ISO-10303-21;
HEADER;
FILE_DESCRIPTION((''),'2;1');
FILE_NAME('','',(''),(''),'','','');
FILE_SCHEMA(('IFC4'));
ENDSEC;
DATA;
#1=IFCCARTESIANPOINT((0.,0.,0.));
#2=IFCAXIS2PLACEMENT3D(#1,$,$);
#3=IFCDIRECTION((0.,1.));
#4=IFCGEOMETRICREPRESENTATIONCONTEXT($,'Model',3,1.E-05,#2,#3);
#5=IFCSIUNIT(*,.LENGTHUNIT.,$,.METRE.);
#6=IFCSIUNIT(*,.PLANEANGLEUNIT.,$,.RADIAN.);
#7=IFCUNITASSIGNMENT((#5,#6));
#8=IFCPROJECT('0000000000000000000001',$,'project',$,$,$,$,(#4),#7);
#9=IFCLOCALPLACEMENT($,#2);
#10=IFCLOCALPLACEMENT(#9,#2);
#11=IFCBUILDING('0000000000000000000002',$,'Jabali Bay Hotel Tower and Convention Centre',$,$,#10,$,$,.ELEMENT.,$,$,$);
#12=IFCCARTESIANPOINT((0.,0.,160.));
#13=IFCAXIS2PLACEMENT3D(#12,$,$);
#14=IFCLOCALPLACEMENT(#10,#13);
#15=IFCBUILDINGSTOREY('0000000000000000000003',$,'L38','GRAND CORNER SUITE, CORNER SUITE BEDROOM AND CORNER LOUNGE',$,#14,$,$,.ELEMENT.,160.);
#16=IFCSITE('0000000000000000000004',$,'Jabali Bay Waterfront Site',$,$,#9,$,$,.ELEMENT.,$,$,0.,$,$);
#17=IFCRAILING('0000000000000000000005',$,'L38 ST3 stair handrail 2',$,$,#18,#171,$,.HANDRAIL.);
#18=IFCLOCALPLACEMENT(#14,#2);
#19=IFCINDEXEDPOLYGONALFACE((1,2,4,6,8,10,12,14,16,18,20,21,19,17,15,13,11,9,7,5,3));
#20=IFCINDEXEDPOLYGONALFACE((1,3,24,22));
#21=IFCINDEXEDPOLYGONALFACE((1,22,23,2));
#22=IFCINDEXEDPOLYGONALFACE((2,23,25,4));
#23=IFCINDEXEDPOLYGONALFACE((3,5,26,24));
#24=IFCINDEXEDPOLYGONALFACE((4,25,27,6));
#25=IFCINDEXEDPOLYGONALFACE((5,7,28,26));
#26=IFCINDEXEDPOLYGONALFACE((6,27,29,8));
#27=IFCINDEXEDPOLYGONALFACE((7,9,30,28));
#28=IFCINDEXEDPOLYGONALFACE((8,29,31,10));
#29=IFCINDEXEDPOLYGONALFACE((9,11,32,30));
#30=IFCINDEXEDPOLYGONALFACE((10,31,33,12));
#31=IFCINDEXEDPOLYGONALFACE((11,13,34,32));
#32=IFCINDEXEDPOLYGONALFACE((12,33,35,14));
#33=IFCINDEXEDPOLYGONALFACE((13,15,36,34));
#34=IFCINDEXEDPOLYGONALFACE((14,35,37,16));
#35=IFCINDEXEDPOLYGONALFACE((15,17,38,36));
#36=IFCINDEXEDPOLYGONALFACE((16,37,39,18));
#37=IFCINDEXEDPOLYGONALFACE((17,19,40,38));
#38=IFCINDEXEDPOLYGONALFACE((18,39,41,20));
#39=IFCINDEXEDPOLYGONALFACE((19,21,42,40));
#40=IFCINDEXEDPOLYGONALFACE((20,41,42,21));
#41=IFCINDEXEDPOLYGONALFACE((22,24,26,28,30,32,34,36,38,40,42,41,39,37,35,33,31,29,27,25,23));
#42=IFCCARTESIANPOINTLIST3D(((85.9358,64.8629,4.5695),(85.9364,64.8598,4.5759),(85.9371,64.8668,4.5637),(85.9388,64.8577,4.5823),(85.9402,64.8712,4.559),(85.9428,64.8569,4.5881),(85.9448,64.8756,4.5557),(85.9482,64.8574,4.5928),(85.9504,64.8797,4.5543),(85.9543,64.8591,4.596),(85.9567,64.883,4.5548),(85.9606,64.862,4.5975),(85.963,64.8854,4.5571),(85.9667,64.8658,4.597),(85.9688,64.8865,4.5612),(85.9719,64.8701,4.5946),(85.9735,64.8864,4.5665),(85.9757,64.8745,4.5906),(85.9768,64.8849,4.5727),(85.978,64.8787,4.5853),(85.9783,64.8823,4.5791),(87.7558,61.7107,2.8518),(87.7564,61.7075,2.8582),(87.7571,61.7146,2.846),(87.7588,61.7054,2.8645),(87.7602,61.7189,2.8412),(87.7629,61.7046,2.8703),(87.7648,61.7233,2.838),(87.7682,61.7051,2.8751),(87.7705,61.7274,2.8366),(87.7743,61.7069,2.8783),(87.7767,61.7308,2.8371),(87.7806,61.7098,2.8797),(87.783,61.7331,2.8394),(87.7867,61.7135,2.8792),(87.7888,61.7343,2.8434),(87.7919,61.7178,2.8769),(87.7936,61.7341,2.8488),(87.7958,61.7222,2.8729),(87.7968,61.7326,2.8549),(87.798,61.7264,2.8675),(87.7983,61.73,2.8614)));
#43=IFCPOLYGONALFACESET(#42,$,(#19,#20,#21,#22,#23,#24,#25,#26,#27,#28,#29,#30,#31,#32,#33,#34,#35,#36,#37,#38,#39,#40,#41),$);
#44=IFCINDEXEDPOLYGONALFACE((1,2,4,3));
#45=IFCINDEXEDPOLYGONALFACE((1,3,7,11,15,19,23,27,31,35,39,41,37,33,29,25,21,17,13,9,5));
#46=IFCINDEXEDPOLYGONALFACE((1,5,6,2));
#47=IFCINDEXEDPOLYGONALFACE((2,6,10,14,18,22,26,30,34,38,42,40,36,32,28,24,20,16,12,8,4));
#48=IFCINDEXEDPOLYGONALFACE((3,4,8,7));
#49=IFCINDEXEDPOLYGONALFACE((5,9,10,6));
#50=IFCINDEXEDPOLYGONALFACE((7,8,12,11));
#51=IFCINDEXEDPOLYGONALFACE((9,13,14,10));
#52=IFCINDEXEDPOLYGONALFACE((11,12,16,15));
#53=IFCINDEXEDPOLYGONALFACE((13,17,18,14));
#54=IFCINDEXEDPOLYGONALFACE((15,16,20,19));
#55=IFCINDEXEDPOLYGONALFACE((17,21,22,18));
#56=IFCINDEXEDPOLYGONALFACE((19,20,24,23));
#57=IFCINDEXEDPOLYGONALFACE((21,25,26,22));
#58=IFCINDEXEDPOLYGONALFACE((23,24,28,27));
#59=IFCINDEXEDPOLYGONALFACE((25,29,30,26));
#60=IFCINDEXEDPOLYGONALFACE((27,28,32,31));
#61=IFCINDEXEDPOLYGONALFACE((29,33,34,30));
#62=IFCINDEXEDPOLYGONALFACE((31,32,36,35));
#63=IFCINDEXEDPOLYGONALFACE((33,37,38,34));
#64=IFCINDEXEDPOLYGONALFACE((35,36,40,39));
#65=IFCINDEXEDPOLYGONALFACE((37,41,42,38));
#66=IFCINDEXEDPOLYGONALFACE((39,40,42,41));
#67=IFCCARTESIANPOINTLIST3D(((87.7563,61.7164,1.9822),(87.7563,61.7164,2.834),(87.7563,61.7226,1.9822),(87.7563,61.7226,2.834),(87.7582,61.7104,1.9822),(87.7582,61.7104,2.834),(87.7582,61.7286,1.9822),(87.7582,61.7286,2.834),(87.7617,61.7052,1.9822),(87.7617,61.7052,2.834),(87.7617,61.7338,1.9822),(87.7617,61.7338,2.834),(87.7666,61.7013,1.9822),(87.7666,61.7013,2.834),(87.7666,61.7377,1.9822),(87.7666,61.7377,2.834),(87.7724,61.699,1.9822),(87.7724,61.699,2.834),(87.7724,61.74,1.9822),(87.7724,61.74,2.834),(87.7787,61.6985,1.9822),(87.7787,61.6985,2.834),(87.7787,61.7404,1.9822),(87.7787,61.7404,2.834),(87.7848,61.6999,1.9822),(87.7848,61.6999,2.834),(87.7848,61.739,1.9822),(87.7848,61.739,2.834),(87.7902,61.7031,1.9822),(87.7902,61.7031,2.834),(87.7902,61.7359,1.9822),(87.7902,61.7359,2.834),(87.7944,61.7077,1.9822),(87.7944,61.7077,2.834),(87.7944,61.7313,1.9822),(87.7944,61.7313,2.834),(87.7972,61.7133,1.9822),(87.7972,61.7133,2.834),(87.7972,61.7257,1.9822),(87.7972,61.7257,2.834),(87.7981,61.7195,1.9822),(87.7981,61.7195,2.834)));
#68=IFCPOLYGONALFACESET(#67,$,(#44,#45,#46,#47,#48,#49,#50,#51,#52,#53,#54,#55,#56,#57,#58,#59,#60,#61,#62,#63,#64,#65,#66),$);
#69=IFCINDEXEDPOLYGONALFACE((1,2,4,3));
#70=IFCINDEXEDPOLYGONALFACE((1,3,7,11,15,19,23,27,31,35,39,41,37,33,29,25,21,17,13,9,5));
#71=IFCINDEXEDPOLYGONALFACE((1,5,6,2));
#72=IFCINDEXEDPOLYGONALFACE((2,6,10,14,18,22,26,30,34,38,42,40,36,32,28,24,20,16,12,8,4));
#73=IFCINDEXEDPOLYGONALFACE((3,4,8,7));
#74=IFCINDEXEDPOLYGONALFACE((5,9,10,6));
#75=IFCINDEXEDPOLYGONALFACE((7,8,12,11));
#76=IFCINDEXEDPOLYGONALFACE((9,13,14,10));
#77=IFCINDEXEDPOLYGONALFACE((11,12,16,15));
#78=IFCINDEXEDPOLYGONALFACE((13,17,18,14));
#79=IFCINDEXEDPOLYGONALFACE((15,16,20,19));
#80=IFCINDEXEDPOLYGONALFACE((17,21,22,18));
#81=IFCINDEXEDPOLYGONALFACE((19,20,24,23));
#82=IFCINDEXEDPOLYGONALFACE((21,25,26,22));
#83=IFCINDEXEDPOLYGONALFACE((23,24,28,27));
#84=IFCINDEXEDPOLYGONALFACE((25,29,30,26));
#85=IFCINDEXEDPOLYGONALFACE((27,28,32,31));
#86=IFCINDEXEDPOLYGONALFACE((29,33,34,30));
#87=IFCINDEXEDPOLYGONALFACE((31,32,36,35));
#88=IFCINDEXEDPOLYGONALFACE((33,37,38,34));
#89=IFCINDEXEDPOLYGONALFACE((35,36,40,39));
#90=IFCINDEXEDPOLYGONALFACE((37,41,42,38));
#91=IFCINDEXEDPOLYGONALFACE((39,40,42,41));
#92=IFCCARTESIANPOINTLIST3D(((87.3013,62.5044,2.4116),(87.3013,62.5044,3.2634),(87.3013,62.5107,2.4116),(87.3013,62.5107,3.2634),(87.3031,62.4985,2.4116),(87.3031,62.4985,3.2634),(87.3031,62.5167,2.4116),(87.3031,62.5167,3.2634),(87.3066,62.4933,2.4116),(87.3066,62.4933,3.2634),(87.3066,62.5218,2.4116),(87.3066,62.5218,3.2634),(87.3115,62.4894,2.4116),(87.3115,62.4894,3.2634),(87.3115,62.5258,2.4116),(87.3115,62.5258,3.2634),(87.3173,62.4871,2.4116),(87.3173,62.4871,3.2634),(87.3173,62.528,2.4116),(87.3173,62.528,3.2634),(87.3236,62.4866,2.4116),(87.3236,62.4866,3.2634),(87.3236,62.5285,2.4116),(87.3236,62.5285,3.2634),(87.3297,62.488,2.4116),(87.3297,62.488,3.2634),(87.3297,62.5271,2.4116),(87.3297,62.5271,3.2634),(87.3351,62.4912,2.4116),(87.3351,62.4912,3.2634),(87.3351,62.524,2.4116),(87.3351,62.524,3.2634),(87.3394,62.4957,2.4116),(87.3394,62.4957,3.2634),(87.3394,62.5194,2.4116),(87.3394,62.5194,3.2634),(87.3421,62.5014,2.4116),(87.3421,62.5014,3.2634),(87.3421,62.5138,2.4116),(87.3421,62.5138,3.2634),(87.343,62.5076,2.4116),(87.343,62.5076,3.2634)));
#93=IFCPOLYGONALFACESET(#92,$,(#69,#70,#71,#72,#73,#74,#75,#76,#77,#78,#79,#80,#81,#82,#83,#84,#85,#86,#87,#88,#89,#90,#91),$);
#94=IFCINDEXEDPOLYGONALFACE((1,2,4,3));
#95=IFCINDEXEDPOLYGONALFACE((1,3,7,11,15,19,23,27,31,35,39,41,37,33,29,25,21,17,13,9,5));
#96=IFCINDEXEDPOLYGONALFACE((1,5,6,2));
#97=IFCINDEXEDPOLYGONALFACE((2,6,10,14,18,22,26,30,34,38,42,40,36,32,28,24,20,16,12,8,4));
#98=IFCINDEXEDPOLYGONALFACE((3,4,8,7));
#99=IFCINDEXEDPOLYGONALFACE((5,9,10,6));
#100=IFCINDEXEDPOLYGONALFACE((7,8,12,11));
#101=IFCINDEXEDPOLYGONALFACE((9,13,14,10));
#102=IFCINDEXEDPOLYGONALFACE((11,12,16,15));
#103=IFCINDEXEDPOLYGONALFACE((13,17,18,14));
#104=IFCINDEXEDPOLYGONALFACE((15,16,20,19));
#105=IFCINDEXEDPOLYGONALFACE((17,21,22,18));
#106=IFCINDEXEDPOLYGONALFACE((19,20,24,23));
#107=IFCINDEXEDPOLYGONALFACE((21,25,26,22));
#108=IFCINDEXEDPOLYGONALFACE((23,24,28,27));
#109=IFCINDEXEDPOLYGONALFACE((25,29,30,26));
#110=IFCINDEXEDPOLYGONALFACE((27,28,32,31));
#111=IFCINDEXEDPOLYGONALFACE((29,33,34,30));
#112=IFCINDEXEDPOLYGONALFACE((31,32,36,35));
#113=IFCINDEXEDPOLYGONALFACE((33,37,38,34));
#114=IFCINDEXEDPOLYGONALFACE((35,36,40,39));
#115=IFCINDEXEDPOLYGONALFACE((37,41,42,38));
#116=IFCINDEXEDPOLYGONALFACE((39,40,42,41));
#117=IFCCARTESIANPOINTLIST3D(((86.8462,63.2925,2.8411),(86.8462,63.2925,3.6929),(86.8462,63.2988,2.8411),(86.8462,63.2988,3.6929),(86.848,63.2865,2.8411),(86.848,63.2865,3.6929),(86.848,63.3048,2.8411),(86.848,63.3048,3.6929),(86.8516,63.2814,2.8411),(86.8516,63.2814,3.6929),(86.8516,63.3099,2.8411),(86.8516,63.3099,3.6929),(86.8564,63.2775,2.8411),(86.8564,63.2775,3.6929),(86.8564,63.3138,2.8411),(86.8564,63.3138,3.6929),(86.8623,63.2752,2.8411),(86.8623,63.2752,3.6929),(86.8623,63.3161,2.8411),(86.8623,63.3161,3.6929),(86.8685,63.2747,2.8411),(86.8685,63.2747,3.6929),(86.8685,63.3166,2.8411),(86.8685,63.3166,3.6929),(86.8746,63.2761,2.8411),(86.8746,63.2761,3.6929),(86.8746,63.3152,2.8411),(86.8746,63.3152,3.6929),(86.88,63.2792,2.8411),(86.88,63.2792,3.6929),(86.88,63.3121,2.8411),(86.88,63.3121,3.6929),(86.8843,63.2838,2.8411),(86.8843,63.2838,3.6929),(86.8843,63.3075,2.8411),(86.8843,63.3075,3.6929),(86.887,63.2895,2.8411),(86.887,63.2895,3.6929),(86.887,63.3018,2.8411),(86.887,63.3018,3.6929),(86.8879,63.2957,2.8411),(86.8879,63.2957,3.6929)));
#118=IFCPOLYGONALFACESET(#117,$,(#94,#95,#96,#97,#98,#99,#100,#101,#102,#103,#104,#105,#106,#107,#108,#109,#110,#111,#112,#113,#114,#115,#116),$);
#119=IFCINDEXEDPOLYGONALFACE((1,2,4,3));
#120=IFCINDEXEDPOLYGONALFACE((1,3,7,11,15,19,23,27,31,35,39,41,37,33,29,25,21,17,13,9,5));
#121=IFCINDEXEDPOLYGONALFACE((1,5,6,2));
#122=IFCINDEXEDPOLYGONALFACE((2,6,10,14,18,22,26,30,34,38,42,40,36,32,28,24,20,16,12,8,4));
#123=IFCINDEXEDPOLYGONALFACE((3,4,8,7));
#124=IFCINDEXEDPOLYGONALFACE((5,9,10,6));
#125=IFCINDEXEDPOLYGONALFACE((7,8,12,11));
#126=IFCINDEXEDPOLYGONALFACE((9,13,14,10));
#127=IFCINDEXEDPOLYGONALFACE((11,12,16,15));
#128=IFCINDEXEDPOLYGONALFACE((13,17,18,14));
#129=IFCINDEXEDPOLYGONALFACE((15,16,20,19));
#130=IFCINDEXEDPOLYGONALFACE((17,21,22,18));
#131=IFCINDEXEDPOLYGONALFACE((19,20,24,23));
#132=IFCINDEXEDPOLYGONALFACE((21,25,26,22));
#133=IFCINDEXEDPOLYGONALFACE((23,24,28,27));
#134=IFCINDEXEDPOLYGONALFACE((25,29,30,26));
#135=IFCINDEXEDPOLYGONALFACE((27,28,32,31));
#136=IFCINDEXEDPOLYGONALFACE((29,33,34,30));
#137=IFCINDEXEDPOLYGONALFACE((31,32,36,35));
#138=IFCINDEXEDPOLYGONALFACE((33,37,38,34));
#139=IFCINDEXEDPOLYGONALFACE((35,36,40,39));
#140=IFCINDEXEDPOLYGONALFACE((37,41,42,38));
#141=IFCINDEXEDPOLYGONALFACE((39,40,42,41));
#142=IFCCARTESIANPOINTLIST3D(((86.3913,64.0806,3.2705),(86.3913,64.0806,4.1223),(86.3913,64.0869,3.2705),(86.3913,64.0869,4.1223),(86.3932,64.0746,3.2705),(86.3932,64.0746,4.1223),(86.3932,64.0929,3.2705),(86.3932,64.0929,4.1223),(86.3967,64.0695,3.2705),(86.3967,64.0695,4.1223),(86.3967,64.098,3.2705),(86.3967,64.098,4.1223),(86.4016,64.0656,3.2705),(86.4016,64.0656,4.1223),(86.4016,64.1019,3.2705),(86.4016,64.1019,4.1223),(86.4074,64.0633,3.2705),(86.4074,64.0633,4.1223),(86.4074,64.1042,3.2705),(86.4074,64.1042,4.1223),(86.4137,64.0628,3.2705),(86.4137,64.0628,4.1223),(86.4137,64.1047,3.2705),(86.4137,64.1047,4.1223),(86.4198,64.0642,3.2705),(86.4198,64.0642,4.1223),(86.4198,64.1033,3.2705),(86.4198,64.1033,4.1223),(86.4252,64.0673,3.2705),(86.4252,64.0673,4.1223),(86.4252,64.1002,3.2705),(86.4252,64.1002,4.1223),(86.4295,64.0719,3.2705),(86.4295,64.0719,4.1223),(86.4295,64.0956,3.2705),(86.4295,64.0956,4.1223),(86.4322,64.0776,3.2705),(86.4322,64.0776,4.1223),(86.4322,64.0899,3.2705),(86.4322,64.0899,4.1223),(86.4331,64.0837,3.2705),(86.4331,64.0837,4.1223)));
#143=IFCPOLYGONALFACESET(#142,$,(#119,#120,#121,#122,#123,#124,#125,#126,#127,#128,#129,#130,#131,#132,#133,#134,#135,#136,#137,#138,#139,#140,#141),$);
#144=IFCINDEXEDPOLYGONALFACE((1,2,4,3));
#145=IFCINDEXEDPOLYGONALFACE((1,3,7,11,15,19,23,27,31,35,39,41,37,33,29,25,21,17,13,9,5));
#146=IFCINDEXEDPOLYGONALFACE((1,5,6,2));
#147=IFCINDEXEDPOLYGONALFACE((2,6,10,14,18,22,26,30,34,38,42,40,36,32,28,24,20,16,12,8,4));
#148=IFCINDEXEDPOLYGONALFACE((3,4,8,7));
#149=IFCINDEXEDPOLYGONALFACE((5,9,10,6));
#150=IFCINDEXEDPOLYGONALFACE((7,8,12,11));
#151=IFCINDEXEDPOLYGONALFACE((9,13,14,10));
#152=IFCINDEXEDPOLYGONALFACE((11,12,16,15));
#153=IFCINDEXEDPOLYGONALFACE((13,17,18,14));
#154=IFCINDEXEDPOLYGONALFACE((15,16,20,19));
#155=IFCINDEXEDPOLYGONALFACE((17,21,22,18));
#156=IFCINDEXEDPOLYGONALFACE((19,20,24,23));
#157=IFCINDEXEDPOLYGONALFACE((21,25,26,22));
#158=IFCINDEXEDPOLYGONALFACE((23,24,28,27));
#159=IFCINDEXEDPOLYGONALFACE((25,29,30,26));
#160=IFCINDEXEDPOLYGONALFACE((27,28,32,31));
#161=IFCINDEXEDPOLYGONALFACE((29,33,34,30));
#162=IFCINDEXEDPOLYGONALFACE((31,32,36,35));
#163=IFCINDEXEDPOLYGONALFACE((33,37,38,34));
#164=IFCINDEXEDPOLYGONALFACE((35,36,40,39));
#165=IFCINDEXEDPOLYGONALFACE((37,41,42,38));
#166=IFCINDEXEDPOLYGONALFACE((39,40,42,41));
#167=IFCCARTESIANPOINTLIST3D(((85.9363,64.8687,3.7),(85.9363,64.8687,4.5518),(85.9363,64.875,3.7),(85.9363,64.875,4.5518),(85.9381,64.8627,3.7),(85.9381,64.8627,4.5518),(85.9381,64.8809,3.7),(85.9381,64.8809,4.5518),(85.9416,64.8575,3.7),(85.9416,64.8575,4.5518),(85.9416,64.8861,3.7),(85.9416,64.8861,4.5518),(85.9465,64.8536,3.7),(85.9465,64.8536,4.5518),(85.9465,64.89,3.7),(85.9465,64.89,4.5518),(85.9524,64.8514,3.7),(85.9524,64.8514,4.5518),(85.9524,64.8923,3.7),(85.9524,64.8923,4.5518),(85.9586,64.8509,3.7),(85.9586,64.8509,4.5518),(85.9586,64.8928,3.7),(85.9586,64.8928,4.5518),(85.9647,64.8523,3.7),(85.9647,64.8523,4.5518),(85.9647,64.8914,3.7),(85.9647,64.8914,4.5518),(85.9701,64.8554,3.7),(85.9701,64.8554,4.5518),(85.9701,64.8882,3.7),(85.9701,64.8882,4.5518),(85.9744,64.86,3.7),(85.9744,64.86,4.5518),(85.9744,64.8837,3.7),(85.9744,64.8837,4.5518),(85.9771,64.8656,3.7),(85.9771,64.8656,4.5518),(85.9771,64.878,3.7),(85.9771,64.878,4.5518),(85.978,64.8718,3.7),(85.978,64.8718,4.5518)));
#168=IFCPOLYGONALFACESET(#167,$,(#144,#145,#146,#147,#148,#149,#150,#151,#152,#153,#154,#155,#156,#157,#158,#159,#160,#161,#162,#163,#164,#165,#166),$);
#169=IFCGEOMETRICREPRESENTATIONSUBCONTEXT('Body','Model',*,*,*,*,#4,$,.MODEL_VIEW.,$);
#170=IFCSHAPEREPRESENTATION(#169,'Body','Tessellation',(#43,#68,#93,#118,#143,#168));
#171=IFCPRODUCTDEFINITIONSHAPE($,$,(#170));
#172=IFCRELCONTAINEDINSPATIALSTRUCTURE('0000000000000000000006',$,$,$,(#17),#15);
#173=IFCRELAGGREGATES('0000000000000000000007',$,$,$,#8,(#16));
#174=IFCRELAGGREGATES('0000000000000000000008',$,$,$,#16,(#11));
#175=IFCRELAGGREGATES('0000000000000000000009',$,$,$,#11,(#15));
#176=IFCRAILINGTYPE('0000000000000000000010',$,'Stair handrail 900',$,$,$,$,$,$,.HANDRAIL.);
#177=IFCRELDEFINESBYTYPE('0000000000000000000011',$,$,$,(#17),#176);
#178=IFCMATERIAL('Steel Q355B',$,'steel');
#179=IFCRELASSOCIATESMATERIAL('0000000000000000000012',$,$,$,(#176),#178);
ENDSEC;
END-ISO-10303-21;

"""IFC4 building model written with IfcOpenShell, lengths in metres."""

from ifc_helpers import new_model, si_unit, direction, frame, origin, origin_2d, place, context, subcontext, project, spatial, circle, extrude, material, type_object, element, save


model = new_model("IFC4")

# Units and contexts
model_context = context("Model", 3, precision=1e-05, world=origin(), true_north=direction((0.0, 1.0)))
body_context = subcontext(model_context, "Body", "Model", "MODEL_VIEW")
ifc_project = project(units=[si_unit("LENGTHUNIT", "METRE"), si_unit("PLANEANGLEUNIT", "RADIAN")], contexts=[model_context])

# Site, building, storey
site_placement = place(None, origin())
site = spatial("IfcSite", under=ifc_project, at=site_placement, Name="Jabali Bay Waterfront Site", CompositionType="ELEMENT", RefElevation=0.0)
building_placement = place(site_placement, origin())
building = spatial("IfcBuilding", under=site, at=building_placement, Name="Jabali Bay Hotel Tower and Convention Centre", CompositionType="ELEMENT")
storey_placement = place(building_placement, frame((0.0, 0.0, 160.0)))
storey = spatial("IfcBuildingStorey", under=building, at=storey_placement, Name="L38", Description="GRAND CORNER SUITE, CORNER SUITE BEDROOM AND CORNER LOUNGE", CompositionType="ELEMENT", Elevation=160.0)

# Railing
ifc_material_1 = material(Name="Steel Q355B", Category="steel")
railing_type_1 = type_object("IfcRailingType", Name="Stair handrail 900", PredefinedType="HANDRAIL", material=ifc_material_1)
railing_1_placement = place(storey_placement, frame((87.7771, 61.7195, 1.9822)))
element("IfcRailing", 1, at=railing_1_placement, inside=storey, type_object=railing_type_1, Name="L38 ST3 stair handrail 2", PredefinedType="HANDRAIL", context=body_context, shape_type="SweptSolid", body=[
    extrude(circle(Radius=0.0239, at=origin_2d()), frame((0.0, 0.0, 0.876), z_axis=(-0.45219, 0.78319, 0.426775), x_axis=(-0.866018, -0.500013, 0.0)), (0.0, 0.0, 1.0), 4.0249),
    extrude(circle(Radius=0.021, at=origin_2d()), origin(), (0.0, 0.0, 1.0), 0.8518),
    extrude(circle(Radius=0.021, at=origin_2d()), frame((-0.4551, 0.7881, 0.4294)), (0.0, 0.0, 1.0), 0.8518),
    extrude(circle(Radius=0.021, at=origin_2d()), frame((-0.9102, 1.5762, 0.8589)), (0.0, 0.0, 1.0), 0.8518),
    extrude(circle(Radius=0.021, at=origin_2d()), frame((-1.365, 2.3643, 1.2883)), (0.0, 0.0, 1.0), 0.8518),
    extrude(circle(Radius=0.021, at=origin_2d()), frame((-1.8201, 3.1523, 1.7178)), (0.0, 0.0, 1.0), 0.8518),
])

save(model, "model.ifc")
